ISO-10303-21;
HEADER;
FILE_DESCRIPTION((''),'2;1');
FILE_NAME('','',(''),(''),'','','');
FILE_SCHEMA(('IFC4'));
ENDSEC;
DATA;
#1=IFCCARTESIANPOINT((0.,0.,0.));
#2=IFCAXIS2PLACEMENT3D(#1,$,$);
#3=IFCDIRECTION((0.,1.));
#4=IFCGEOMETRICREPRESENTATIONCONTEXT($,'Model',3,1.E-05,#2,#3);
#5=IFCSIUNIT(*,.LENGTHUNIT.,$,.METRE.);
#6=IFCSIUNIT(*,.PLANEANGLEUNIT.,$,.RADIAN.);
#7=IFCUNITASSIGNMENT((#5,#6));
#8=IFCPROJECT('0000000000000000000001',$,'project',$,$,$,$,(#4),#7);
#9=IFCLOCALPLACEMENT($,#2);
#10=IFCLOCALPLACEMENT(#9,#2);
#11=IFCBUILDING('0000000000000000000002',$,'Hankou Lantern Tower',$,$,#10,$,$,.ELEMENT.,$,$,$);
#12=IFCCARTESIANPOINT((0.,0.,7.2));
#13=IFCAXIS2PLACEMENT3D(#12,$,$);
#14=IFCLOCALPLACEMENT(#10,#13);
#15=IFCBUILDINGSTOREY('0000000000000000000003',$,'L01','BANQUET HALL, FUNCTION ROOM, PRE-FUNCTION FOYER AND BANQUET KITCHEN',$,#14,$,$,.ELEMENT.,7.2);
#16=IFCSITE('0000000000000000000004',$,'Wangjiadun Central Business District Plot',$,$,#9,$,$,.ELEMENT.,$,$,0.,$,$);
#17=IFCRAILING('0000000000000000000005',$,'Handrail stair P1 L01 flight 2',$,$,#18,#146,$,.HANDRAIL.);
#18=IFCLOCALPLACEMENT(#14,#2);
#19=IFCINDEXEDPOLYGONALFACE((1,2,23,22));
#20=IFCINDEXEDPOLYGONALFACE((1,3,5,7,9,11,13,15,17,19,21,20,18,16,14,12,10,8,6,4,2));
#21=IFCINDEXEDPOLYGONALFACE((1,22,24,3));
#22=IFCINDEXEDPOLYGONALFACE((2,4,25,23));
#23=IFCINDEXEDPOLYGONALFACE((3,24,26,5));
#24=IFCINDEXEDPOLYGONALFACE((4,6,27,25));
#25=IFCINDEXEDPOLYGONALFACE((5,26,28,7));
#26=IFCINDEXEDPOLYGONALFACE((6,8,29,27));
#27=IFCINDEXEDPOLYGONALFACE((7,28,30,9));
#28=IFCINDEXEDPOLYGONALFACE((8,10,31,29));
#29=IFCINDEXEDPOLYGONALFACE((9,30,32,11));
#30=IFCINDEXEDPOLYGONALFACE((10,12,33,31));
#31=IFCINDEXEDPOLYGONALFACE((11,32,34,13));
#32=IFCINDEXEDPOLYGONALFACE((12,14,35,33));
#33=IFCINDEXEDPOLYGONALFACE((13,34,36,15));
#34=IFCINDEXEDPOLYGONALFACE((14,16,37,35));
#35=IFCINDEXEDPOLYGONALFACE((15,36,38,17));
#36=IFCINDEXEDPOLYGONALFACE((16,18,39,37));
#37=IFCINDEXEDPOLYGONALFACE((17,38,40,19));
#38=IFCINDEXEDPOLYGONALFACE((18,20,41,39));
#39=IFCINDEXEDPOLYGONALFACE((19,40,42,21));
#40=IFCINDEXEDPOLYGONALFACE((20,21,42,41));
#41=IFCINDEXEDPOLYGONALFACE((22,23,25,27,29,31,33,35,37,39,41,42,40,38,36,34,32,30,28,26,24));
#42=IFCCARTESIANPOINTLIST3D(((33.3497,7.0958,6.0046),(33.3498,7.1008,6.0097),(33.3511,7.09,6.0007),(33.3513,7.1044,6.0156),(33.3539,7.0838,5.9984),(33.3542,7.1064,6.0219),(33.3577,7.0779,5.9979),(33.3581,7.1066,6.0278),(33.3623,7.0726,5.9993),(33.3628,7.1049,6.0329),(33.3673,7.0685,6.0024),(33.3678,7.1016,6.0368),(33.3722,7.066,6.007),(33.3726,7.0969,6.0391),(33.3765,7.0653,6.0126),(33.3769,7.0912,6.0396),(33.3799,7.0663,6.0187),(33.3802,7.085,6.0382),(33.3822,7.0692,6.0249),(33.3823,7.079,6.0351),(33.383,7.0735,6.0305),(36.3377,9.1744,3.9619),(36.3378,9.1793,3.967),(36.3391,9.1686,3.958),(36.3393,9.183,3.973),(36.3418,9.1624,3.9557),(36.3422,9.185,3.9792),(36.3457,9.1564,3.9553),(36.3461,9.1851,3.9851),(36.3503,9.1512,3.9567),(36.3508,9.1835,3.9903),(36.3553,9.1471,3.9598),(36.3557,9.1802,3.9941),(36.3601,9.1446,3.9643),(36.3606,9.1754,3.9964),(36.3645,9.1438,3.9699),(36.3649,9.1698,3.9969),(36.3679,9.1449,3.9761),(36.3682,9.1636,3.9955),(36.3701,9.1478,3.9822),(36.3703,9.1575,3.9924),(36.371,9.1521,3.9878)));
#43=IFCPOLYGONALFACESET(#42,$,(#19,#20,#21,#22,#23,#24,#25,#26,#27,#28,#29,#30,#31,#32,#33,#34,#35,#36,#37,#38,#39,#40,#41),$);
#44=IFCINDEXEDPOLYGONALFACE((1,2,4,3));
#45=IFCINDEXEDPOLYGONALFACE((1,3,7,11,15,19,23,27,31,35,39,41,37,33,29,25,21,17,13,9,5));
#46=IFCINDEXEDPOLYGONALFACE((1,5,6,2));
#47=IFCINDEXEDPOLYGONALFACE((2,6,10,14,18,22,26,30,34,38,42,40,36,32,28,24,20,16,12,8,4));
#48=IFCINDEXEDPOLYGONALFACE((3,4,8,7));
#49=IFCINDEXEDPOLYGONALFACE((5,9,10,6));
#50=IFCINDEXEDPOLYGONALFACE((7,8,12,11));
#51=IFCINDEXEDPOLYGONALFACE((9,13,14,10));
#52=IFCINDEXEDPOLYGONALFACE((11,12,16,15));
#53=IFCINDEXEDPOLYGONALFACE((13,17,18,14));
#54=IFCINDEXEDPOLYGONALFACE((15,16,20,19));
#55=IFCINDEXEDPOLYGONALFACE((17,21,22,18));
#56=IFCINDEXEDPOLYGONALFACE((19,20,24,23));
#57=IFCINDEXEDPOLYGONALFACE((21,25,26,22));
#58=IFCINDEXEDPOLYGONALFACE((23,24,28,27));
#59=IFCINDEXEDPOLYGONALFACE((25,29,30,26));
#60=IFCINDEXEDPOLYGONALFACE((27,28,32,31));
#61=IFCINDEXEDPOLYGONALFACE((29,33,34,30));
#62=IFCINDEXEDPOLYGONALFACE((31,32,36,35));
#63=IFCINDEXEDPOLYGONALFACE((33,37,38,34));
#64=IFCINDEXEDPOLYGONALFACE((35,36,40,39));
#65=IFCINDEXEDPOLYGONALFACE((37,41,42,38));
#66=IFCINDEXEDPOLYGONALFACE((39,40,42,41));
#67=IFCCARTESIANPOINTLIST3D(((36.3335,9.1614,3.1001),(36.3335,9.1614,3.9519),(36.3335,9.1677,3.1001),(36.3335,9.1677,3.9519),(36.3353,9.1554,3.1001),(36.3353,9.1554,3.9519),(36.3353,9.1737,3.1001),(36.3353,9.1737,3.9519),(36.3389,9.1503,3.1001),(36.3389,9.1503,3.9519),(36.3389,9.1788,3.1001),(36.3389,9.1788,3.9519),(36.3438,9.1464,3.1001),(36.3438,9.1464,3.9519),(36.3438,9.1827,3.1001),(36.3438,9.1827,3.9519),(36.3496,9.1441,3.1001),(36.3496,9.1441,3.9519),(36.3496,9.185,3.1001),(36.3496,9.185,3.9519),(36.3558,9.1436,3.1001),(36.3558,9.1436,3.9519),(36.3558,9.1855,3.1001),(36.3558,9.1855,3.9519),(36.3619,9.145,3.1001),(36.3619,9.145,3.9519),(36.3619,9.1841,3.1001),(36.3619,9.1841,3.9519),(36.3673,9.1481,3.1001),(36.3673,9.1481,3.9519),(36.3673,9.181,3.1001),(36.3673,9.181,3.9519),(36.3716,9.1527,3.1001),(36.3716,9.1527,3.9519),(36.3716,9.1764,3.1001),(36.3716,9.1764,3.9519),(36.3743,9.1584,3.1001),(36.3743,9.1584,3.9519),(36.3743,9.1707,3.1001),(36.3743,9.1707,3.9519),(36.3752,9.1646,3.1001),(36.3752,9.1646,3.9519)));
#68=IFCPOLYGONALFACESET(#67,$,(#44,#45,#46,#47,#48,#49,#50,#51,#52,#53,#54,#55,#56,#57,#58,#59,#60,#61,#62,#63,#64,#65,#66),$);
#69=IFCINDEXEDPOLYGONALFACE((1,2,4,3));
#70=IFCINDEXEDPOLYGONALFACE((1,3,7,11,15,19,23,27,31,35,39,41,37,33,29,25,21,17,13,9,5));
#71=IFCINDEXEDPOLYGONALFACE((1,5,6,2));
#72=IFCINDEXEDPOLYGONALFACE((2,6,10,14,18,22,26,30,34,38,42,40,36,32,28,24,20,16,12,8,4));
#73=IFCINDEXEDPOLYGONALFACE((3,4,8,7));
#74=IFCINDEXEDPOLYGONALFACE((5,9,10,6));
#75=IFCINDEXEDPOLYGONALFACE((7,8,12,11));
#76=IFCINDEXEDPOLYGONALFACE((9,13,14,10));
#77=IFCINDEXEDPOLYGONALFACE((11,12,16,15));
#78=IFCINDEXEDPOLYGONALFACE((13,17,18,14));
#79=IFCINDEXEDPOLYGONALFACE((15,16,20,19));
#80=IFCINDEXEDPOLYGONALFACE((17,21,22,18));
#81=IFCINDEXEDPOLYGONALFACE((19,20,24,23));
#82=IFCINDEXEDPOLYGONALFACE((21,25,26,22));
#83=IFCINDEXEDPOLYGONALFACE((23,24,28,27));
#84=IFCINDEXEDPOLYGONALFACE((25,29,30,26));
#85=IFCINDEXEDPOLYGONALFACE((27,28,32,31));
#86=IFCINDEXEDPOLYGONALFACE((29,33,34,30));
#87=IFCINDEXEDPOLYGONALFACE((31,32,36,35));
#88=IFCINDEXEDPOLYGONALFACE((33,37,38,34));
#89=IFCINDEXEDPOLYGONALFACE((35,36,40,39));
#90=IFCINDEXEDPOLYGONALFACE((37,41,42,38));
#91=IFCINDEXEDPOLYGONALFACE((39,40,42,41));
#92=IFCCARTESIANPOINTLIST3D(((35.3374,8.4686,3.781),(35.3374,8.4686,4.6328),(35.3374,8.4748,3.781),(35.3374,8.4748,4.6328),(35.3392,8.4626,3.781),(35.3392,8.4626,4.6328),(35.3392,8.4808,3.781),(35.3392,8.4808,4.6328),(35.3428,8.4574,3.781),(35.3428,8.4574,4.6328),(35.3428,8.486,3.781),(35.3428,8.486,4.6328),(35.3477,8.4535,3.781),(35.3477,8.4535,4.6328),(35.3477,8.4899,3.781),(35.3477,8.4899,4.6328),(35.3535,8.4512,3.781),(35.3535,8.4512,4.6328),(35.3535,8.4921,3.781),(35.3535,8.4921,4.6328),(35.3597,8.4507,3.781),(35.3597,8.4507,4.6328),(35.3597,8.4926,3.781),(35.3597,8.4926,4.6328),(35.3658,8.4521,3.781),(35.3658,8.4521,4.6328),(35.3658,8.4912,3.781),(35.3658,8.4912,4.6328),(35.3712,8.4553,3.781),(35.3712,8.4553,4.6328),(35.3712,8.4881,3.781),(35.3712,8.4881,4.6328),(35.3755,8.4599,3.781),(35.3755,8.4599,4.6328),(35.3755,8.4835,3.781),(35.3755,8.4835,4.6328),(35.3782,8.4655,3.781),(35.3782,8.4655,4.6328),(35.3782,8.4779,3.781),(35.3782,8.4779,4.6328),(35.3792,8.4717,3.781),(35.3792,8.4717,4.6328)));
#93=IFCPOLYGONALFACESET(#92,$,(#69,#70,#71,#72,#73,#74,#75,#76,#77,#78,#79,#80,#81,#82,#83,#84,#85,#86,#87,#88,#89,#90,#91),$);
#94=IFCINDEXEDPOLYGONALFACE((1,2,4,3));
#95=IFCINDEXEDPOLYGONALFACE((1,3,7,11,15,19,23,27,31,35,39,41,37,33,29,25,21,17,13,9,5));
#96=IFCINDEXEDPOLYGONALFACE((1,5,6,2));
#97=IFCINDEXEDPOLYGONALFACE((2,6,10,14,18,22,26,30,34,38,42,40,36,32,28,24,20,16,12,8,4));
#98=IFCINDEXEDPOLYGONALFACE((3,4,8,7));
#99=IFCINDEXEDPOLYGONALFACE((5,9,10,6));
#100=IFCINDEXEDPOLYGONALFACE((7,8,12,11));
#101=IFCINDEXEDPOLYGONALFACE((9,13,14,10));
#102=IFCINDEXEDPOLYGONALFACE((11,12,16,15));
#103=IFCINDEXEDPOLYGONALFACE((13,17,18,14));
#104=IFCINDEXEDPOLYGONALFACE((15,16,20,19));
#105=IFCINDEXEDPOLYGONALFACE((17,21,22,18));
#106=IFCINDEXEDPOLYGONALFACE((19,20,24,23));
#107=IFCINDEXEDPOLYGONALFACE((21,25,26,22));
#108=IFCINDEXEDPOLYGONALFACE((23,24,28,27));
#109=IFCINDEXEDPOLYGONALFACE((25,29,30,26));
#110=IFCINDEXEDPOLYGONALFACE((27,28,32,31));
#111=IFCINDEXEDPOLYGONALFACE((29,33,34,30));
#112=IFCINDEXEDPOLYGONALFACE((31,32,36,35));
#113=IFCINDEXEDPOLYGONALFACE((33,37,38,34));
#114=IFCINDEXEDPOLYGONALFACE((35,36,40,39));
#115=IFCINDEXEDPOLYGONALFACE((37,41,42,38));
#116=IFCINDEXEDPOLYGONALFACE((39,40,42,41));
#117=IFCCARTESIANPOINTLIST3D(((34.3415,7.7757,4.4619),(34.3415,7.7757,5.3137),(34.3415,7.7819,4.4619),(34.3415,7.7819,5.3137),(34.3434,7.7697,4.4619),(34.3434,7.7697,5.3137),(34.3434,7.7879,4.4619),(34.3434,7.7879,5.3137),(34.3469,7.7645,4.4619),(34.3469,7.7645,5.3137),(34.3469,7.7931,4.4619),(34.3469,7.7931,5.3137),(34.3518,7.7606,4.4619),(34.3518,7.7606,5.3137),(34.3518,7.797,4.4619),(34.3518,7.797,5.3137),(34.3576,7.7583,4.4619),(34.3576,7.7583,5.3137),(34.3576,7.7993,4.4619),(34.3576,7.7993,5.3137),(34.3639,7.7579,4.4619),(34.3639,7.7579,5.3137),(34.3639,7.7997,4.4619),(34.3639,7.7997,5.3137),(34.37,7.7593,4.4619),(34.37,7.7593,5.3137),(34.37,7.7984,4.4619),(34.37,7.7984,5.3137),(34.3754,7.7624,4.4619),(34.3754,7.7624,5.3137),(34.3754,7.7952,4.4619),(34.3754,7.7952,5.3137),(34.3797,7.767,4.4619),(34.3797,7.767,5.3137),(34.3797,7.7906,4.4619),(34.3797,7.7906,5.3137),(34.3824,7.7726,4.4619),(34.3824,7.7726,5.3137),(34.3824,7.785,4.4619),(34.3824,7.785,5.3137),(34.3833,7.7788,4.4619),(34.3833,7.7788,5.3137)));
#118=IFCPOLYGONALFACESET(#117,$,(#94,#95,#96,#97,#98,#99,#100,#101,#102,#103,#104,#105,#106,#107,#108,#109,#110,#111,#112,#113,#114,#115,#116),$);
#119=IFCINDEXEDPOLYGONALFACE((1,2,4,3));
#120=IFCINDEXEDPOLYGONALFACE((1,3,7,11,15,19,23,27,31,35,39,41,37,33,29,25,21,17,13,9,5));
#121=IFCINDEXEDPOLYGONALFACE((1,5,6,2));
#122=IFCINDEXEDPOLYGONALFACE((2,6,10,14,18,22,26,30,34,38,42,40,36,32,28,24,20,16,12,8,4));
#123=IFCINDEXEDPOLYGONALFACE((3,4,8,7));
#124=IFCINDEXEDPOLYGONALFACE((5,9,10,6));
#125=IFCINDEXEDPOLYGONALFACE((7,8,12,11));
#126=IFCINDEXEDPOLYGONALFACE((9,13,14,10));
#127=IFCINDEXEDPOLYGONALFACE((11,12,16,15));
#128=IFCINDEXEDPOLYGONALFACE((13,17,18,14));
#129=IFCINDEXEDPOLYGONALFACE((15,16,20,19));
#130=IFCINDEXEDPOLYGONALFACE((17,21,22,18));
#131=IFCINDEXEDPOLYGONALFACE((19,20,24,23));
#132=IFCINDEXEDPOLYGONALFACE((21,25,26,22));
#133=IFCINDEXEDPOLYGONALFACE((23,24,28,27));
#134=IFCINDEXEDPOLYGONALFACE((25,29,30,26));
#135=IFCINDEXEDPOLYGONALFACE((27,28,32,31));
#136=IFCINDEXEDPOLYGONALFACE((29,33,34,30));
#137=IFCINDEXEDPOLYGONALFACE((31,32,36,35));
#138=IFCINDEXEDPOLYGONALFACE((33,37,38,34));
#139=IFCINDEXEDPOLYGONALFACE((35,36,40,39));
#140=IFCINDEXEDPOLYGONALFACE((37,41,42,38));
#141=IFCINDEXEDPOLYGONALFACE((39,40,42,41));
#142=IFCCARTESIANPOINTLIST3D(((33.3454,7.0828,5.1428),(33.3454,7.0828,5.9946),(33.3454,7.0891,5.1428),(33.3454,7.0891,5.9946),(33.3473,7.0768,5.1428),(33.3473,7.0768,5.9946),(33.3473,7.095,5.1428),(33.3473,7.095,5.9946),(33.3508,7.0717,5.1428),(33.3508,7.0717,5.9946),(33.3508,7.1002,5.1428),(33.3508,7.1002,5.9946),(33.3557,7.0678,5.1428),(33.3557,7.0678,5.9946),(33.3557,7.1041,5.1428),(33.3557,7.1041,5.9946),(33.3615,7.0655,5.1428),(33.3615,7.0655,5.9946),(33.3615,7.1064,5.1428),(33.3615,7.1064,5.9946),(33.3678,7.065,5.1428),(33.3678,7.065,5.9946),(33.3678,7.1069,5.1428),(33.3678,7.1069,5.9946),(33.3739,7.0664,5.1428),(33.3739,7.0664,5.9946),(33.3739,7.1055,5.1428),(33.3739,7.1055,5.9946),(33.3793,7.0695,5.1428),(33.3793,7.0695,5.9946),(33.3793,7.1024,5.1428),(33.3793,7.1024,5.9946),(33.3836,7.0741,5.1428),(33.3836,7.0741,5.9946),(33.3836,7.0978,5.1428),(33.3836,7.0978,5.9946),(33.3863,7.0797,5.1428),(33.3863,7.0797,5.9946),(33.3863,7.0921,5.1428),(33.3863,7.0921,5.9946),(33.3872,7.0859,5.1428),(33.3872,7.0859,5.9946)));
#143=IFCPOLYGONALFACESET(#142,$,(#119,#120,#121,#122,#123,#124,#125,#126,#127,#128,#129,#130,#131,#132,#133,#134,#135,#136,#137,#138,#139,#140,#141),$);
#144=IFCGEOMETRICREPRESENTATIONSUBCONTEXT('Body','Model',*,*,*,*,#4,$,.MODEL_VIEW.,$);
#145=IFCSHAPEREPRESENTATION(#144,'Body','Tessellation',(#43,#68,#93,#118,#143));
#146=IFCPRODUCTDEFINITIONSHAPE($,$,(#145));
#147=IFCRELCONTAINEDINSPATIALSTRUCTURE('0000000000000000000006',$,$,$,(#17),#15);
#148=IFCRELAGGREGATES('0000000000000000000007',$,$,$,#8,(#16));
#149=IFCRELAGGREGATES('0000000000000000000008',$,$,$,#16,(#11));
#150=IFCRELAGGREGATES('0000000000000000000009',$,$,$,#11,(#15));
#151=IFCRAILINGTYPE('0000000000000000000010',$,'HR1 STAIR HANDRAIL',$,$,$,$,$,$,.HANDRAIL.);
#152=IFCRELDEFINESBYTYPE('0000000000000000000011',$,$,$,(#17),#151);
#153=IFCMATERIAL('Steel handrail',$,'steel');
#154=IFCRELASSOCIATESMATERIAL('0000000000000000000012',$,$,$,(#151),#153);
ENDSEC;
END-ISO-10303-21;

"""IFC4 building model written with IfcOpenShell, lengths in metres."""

from ifc_helpers import new_model, si_unit, direction, frame, origin, origin_2d, place, context, subcontext, project, spatial, circle, extrude, material, type_object, element, save


model = new_model("IFC4")

# Units and contexts
model_context = context("Model", 3, precision=1e-05, world=origin(), true_north=direction((0.0, 1.0)))
body_context = subcontext(model_context, "Body", "Model", "MODEL_VIEW")
ifc_project = project(units=[si_unit("LENGTHUNIT", "METRE"), si_unit("PLANEANGLEUNIT", "RADIAN")], contexts=[model_context])

# Site, building, storey
site_placement = place(None, origin())
site = spatial("IfcSite", under=ifc_project, at=site_placement, Name="Wangjiadun Central Business District Plot", CompositionType="ELEMENT", RefElevation=0.0)
building_placement = place(site_placement, origin())
building = spatial("IfcBuilding", under=site, at=building_placement, Name="Hankou Lantern Tower", CompositionType="ELEMENT")
storey_placement = place(building_placement, frame((0.0, 0.0, 7.2)))
storey = spatial("IfcBuildingStorey", under=building, at=storey_placement, Name="L01", Description="BANQUET HALL, FUNCTION ROOM, PRE-FUNCTION FOYER AND BANQUET KITCHEN", CompositionType="ELEMENT", Elevation=7.2)

# Railing
ifc_material_1 = material(Name="Steel handrail", Category="steel")
railing_type = type_object("IfcRailingType", Name="HR1 STAIR HANDRAIL", PredefinedType="HANDRAIL", material=ifc_material_1)
railing_placement = place(storey_placement, frame((36.3542, 9.1646, 3.1001)))
element("IfcRailing", 1, at=railing_placement, inside=storey, type_object=railing_type, Name="Handrail stair P1 L01 flight 2", PredefinedType="HANDRAIL", context=body_context, shape_type="SweptSolid", body=[
    extrude(circle(Radius=0.0239, at=origin_2d()), frame((0.0, 0.0, 0.876), z_axis=(-0.71588, -0.497999, 0.4894), x_axis=(0.571061, -0.820908, 0.0)), (0.0, 0.0, 1.0), 4.1738),
    extrude(circle(Radius=0.021, at=origin_2d()), origin(), (0.0, 0.0, 1.0), 0.8518),
    extrude(circle(Radius=0.021, at=origin_2d()), frame((-0.9961, -0.6929, 0.6809)), (0.0, 0.0, 1.0), 0.8518),
    extrude(circle(Radius=0.021, at=origin_2d()), frame((-1.9919, -1.3857, 1.3618)), (0.0, 0.0, 1.0), 0.8518),
    extrude(circle(Radius=0.021, at=origin_2d()), frame((-2.988, -2.0786, 2.0427)), (0.0, 0.0, 1.0), 0.8518),
])

save(model, "model.ifc")
